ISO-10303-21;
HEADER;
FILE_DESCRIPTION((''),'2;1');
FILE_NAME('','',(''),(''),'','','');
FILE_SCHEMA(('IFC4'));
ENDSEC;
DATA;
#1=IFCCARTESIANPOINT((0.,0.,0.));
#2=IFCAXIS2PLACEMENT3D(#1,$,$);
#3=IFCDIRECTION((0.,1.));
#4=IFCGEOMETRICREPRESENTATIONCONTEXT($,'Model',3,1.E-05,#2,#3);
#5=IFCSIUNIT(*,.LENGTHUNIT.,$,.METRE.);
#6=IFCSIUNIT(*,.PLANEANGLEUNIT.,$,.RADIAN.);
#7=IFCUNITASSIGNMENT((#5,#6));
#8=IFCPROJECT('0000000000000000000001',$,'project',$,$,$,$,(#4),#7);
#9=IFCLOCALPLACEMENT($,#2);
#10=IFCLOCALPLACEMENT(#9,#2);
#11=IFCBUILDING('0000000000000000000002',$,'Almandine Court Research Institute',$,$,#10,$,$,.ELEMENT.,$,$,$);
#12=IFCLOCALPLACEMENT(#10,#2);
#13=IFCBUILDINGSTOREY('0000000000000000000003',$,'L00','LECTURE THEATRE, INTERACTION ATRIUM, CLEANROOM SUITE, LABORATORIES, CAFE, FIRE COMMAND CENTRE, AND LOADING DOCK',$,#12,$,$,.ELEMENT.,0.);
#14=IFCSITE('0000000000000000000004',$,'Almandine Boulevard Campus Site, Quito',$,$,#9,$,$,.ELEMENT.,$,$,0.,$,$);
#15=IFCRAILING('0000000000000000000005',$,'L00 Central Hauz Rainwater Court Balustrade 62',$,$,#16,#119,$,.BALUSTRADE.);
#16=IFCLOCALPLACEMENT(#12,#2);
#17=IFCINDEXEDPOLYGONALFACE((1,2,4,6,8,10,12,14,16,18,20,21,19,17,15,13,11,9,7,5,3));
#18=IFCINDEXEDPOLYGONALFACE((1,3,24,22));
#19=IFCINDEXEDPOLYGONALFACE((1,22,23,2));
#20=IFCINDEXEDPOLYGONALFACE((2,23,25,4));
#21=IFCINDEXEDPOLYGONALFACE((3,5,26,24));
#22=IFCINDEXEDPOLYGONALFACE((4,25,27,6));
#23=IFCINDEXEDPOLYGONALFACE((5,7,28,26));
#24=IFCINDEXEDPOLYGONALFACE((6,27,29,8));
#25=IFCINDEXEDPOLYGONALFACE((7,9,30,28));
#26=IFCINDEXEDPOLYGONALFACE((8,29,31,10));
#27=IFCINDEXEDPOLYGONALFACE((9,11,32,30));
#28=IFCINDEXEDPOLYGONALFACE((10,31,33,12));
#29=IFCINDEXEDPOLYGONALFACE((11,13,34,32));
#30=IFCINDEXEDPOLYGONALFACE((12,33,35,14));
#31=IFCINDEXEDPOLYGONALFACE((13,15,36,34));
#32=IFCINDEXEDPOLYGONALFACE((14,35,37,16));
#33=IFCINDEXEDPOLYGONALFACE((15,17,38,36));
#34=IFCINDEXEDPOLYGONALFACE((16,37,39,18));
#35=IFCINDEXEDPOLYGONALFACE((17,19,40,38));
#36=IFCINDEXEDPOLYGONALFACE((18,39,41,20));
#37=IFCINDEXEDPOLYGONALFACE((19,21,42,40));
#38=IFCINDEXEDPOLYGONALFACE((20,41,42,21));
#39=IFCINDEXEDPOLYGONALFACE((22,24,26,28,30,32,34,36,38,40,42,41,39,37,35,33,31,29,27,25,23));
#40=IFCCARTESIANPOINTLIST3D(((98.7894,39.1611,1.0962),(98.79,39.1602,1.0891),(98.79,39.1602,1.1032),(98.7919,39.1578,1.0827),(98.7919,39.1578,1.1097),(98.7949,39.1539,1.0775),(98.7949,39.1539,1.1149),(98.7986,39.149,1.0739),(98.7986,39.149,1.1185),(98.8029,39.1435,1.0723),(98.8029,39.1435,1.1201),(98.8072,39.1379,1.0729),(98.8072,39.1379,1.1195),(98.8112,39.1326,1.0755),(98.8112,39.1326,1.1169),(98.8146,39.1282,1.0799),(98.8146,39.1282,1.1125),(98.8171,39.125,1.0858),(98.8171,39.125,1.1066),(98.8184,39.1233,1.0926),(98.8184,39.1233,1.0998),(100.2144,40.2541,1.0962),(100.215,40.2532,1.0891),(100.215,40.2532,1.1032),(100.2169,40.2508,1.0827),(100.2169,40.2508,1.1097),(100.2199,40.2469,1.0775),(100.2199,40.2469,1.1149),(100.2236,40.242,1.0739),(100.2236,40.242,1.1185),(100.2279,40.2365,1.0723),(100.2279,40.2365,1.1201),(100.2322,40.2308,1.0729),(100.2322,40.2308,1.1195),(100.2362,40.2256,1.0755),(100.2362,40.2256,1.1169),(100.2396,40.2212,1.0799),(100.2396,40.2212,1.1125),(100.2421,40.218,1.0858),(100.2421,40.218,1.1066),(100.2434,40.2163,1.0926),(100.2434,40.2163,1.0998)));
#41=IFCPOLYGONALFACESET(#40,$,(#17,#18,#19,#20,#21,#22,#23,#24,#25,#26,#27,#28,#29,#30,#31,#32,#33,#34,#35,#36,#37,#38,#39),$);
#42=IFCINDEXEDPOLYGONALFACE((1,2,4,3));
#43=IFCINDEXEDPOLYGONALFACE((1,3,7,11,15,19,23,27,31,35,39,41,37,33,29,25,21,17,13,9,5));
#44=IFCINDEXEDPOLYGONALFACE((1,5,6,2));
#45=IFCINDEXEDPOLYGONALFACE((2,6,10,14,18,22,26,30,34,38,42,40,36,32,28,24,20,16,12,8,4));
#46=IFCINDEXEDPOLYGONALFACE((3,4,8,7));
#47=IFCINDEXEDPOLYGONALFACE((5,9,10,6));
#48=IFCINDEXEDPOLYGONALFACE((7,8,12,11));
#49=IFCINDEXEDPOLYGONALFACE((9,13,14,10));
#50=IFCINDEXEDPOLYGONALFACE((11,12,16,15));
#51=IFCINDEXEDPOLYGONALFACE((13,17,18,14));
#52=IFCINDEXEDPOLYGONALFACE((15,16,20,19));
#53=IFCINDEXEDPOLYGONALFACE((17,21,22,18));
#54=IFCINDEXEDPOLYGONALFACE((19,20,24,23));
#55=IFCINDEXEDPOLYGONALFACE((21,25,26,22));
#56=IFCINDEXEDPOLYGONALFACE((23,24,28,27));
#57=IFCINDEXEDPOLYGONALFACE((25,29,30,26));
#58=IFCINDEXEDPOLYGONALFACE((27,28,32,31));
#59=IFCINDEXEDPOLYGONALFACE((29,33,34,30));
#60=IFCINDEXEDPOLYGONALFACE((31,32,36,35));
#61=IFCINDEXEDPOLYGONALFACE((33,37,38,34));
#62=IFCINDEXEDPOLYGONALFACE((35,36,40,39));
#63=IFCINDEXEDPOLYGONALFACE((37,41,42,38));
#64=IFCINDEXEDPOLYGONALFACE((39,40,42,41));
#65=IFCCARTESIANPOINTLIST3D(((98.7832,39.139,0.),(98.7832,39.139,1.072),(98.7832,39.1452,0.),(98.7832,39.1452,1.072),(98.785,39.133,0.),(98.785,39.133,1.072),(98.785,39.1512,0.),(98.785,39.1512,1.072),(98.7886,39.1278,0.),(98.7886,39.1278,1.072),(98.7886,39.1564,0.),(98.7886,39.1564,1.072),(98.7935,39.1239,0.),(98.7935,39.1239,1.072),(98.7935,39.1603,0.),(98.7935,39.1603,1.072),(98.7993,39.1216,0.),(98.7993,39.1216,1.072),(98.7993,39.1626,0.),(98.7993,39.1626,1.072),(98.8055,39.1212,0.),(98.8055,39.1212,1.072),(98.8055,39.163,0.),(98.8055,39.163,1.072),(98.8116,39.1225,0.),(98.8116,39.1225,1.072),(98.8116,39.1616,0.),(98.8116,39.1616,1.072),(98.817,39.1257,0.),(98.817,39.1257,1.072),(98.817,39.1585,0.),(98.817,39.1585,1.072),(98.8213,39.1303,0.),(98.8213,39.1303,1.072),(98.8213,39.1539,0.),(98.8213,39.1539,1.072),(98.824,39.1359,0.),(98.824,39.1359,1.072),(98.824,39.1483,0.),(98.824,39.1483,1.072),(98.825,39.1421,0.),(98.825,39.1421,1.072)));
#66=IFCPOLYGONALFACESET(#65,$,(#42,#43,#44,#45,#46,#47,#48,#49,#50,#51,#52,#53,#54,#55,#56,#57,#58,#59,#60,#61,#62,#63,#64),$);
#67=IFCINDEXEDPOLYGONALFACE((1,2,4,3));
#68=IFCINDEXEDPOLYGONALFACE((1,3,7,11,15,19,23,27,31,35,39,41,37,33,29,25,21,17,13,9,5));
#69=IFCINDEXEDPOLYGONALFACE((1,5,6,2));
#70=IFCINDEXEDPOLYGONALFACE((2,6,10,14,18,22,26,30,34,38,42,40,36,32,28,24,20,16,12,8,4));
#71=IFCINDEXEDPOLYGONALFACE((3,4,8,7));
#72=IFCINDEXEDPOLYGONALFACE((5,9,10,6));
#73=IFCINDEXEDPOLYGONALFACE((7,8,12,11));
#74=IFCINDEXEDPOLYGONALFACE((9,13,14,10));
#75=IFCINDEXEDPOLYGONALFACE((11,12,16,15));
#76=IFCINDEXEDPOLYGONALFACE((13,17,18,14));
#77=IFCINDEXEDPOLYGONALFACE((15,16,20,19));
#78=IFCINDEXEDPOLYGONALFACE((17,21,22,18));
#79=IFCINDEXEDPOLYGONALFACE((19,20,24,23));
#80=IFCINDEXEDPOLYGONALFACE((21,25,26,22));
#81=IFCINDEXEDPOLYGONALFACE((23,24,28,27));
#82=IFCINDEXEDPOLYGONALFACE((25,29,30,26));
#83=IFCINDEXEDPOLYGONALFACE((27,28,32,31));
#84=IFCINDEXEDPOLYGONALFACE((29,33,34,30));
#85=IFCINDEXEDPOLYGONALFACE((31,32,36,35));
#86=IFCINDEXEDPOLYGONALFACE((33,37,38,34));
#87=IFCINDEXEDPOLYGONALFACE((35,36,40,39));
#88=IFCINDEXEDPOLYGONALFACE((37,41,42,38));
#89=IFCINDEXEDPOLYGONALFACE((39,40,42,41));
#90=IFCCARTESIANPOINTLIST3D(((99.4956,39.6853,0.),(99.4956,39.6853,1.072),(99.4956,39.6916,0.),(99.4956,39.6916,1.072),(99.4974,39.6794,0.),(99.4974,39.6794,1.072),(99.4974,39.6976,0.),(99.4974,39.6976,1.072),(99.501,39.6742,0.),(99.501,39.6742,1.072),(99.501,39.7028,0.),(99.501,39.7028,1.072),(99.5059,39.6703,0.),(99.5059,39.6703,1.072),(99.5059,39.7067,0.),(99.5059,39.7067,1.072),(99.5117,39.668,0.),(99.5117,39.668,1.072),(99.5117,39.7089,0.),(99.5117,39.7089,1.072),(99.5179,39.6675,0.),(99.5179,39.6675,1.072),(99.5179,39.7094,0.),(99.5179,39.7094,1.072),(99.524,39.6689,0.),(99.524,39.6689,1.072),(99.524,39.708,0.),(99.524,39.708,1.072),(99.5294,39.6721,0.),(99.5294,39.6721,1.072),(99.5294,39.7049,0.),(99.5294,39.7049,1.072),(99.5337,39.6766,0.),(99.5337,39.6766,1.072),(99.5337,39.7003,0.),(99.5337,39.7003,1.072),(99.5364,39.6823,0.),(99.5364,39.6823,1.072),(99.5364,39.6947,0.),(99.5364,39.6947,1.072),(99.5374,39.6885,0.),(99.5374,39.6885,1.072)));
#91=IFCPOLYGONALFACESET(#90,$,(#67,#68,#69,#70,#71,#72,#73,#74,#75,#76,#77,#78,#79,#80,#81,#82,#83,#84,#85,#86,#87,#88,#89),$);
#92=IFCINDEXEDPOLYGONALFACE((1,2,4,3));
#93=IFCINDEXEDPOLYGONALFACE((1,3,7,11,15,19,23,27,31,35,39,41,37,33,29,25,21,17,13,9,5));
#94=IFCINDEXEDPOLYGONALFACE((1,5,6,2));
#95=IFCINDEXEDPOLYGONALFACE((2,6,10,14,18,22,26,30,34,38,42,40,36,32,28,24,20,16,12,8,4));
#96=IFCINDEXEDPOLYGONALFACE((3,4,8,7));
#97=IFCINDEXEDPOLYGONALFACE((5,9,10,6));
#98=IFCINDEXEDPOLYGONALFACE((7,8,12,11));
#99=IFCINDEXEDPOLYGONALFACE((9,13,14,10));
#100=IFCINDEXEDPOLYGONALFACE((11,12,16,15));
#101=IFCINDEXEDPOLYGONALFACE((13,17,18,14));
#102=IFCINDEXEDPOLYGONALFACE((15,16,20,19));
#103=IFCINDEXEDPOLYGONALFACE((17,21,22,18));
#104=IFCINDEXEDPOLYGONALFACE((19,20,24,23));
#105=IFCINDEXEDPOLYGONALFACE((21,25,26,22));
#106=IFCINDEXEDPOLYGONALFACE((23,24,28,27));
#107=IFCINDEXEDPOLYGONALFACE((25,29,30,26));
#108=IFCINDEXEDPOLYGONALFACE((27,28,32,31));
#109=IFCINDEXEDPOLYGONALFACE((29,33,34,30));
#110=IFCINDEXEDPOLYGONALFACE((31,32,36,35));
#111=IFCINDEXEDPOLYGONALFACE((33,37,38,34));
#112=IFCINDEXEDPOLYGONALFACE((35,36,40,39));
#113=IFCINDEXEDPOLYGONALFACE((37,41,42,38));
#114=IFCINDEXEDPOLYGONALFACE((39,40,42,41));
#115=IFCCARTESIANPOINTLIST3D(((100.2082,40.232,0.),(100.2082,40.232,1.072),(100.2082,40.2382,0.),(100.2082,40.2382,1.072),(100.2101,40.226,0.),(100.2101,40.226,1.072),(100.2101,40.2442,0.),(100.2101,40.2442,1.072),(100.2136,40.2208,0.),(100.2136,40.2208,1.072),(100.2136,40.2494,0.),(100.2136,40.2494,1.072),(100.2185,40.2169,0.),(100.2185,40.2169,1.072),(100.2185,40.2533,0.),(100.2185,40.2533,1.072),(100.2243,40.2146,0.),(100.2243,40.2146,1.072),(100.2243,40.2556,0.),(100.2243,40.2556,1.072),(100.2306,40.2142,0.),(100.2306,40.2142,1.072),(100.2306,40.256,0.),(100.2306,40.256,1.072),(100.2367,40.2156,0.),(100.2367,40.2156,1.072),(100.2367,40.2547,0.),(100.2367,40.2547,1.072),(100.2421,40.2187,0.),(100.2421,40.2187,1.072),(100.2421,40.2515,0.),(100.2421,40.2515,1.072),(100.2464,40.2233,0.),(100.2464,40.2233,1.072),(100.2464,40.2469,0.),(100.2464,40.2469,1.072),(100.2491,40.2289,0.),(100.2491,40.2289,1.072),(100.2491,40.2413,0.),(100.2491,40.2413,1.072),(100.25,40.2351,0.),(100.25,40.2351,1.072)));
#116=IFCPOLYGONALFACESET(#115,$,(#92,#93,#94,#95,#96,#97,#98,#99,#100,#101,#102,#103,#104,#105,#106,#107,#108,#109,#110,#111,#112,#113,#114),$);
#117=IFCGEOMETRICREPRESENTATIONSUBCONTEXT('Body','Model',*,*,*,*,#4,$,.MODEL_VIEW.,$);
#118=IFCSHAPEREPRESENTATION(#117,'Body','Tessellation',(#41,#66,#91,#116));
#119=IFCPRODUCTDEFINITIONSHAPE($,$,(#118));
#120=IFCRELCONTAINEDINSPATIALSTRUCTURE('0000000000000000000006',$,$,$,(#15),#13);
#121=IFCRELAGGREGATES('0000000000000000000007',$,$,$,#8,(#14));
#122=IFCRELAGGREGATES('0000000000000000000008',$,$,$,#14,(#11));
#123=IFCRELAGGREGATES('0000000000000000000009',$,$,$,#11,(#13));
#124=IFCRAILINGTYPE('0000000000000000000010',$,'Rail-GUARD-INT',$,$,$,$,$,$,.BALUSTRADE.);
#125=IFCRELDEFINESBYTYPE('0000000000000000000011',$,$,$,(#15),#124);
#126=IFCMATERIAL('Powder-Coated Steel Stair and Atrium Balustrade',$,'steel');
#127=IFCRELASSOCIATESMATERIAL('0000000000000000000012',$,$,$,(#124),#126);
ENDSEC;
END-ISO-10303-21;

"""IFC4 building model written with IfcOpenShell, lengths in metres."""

from ifc_helpers import new_model, si_unit, direction, frame, origin, origin_2d, place, context, subcontext, project, spatial, circle, extrude, material, type_object, element, save


model = new_model("IFC4")

# Units and contexts
model_context = context("Model", 3, precision=1e-05, world=origin(), true_north=direction((0.0, 1.0)))
body_context = subcontext(model_context, "Body", "Model", "MODEL_VIEW")
ifc_project = project(units=[si_unit("LENGTHUNIT", "METRE"), si_unit("PLANEANGLEUNIT", "RADIAN")], contexts=[model_context])

# Site, building, storey
site_placement = place(None, origin())
site = spatial("IfcSite", under=ifc_project, at=site_placement, Name="Almandine Boulevard Campus Site, Quito", CompositionType="ELEMENT", RefElevation=0.0)
building_placement = place(site_placement, origin())
building = spatial("IfcBuilding", under=site, at=building_placement, Name="Almandine Court Research Institute", CompositionType="ELEMENT")
storey_placement = place(building_placement, origin())
storey = spatial("IfcBuildingStorey", under=building, at=storey_placement, Name="L00", Description="LECTURE THEATRE, INTERACTION ATRIUM, CLEANROOM SUITE, LABORATORIES, CAFE, FIRE COMMAND CENTRE, AND LOADING DOCK", CompositionType="ELEMENT", Elevation=0.0)

# Railing
ifc_material_1 = material(Name="Powder-Coated Steel Stair and Atrium Balustrade", Category="steel")
railing_type = type_object("IfcRailingType", Name="Rail-GUARD-INT", PredefinedType="BALUSTRADE", material=ifc_material_1)
railing_1_placement = place(storey_placement, frame((98.804, 39.1421, 0.0)))
element("IfcRailing", 1, at=railing_1_placement, inside=storey, type_object=railing_type, Name="L00 Central Hauz Rainwater Court Balustrade 62", PredefinedType="BALUSTRADE", context=body_context, shape_type="SweptSolid", body=[
    extrude(circle(Radius=0.0239, at=origin_2d()), frame((0.0, 0.0, 1.0962), z_axis=(0.793477, 0.6086, 0.0), x_axis=(-0.6086, 0.793477, 0.0)), (0.0, 0.0, 1.0), 1.7959),
    extrude(circle(Radius=0.021, at=origin_2d()), origin(), (0.0, 0.0, 1.0), 1.072),
    extrude(circle(Radius=0.021, at=origin_2d()), frame((0.7124, 0.5464, 0.0)), (0.0, 0.0, 1.0), 1.072),
    extrude(circle(Radius=0.021, at=origin_2d()), frame((1.425, 1.093, 0.0)), (0.0, 0.0, 1.0), 1.072),
])

save(model, "model.ifc")
